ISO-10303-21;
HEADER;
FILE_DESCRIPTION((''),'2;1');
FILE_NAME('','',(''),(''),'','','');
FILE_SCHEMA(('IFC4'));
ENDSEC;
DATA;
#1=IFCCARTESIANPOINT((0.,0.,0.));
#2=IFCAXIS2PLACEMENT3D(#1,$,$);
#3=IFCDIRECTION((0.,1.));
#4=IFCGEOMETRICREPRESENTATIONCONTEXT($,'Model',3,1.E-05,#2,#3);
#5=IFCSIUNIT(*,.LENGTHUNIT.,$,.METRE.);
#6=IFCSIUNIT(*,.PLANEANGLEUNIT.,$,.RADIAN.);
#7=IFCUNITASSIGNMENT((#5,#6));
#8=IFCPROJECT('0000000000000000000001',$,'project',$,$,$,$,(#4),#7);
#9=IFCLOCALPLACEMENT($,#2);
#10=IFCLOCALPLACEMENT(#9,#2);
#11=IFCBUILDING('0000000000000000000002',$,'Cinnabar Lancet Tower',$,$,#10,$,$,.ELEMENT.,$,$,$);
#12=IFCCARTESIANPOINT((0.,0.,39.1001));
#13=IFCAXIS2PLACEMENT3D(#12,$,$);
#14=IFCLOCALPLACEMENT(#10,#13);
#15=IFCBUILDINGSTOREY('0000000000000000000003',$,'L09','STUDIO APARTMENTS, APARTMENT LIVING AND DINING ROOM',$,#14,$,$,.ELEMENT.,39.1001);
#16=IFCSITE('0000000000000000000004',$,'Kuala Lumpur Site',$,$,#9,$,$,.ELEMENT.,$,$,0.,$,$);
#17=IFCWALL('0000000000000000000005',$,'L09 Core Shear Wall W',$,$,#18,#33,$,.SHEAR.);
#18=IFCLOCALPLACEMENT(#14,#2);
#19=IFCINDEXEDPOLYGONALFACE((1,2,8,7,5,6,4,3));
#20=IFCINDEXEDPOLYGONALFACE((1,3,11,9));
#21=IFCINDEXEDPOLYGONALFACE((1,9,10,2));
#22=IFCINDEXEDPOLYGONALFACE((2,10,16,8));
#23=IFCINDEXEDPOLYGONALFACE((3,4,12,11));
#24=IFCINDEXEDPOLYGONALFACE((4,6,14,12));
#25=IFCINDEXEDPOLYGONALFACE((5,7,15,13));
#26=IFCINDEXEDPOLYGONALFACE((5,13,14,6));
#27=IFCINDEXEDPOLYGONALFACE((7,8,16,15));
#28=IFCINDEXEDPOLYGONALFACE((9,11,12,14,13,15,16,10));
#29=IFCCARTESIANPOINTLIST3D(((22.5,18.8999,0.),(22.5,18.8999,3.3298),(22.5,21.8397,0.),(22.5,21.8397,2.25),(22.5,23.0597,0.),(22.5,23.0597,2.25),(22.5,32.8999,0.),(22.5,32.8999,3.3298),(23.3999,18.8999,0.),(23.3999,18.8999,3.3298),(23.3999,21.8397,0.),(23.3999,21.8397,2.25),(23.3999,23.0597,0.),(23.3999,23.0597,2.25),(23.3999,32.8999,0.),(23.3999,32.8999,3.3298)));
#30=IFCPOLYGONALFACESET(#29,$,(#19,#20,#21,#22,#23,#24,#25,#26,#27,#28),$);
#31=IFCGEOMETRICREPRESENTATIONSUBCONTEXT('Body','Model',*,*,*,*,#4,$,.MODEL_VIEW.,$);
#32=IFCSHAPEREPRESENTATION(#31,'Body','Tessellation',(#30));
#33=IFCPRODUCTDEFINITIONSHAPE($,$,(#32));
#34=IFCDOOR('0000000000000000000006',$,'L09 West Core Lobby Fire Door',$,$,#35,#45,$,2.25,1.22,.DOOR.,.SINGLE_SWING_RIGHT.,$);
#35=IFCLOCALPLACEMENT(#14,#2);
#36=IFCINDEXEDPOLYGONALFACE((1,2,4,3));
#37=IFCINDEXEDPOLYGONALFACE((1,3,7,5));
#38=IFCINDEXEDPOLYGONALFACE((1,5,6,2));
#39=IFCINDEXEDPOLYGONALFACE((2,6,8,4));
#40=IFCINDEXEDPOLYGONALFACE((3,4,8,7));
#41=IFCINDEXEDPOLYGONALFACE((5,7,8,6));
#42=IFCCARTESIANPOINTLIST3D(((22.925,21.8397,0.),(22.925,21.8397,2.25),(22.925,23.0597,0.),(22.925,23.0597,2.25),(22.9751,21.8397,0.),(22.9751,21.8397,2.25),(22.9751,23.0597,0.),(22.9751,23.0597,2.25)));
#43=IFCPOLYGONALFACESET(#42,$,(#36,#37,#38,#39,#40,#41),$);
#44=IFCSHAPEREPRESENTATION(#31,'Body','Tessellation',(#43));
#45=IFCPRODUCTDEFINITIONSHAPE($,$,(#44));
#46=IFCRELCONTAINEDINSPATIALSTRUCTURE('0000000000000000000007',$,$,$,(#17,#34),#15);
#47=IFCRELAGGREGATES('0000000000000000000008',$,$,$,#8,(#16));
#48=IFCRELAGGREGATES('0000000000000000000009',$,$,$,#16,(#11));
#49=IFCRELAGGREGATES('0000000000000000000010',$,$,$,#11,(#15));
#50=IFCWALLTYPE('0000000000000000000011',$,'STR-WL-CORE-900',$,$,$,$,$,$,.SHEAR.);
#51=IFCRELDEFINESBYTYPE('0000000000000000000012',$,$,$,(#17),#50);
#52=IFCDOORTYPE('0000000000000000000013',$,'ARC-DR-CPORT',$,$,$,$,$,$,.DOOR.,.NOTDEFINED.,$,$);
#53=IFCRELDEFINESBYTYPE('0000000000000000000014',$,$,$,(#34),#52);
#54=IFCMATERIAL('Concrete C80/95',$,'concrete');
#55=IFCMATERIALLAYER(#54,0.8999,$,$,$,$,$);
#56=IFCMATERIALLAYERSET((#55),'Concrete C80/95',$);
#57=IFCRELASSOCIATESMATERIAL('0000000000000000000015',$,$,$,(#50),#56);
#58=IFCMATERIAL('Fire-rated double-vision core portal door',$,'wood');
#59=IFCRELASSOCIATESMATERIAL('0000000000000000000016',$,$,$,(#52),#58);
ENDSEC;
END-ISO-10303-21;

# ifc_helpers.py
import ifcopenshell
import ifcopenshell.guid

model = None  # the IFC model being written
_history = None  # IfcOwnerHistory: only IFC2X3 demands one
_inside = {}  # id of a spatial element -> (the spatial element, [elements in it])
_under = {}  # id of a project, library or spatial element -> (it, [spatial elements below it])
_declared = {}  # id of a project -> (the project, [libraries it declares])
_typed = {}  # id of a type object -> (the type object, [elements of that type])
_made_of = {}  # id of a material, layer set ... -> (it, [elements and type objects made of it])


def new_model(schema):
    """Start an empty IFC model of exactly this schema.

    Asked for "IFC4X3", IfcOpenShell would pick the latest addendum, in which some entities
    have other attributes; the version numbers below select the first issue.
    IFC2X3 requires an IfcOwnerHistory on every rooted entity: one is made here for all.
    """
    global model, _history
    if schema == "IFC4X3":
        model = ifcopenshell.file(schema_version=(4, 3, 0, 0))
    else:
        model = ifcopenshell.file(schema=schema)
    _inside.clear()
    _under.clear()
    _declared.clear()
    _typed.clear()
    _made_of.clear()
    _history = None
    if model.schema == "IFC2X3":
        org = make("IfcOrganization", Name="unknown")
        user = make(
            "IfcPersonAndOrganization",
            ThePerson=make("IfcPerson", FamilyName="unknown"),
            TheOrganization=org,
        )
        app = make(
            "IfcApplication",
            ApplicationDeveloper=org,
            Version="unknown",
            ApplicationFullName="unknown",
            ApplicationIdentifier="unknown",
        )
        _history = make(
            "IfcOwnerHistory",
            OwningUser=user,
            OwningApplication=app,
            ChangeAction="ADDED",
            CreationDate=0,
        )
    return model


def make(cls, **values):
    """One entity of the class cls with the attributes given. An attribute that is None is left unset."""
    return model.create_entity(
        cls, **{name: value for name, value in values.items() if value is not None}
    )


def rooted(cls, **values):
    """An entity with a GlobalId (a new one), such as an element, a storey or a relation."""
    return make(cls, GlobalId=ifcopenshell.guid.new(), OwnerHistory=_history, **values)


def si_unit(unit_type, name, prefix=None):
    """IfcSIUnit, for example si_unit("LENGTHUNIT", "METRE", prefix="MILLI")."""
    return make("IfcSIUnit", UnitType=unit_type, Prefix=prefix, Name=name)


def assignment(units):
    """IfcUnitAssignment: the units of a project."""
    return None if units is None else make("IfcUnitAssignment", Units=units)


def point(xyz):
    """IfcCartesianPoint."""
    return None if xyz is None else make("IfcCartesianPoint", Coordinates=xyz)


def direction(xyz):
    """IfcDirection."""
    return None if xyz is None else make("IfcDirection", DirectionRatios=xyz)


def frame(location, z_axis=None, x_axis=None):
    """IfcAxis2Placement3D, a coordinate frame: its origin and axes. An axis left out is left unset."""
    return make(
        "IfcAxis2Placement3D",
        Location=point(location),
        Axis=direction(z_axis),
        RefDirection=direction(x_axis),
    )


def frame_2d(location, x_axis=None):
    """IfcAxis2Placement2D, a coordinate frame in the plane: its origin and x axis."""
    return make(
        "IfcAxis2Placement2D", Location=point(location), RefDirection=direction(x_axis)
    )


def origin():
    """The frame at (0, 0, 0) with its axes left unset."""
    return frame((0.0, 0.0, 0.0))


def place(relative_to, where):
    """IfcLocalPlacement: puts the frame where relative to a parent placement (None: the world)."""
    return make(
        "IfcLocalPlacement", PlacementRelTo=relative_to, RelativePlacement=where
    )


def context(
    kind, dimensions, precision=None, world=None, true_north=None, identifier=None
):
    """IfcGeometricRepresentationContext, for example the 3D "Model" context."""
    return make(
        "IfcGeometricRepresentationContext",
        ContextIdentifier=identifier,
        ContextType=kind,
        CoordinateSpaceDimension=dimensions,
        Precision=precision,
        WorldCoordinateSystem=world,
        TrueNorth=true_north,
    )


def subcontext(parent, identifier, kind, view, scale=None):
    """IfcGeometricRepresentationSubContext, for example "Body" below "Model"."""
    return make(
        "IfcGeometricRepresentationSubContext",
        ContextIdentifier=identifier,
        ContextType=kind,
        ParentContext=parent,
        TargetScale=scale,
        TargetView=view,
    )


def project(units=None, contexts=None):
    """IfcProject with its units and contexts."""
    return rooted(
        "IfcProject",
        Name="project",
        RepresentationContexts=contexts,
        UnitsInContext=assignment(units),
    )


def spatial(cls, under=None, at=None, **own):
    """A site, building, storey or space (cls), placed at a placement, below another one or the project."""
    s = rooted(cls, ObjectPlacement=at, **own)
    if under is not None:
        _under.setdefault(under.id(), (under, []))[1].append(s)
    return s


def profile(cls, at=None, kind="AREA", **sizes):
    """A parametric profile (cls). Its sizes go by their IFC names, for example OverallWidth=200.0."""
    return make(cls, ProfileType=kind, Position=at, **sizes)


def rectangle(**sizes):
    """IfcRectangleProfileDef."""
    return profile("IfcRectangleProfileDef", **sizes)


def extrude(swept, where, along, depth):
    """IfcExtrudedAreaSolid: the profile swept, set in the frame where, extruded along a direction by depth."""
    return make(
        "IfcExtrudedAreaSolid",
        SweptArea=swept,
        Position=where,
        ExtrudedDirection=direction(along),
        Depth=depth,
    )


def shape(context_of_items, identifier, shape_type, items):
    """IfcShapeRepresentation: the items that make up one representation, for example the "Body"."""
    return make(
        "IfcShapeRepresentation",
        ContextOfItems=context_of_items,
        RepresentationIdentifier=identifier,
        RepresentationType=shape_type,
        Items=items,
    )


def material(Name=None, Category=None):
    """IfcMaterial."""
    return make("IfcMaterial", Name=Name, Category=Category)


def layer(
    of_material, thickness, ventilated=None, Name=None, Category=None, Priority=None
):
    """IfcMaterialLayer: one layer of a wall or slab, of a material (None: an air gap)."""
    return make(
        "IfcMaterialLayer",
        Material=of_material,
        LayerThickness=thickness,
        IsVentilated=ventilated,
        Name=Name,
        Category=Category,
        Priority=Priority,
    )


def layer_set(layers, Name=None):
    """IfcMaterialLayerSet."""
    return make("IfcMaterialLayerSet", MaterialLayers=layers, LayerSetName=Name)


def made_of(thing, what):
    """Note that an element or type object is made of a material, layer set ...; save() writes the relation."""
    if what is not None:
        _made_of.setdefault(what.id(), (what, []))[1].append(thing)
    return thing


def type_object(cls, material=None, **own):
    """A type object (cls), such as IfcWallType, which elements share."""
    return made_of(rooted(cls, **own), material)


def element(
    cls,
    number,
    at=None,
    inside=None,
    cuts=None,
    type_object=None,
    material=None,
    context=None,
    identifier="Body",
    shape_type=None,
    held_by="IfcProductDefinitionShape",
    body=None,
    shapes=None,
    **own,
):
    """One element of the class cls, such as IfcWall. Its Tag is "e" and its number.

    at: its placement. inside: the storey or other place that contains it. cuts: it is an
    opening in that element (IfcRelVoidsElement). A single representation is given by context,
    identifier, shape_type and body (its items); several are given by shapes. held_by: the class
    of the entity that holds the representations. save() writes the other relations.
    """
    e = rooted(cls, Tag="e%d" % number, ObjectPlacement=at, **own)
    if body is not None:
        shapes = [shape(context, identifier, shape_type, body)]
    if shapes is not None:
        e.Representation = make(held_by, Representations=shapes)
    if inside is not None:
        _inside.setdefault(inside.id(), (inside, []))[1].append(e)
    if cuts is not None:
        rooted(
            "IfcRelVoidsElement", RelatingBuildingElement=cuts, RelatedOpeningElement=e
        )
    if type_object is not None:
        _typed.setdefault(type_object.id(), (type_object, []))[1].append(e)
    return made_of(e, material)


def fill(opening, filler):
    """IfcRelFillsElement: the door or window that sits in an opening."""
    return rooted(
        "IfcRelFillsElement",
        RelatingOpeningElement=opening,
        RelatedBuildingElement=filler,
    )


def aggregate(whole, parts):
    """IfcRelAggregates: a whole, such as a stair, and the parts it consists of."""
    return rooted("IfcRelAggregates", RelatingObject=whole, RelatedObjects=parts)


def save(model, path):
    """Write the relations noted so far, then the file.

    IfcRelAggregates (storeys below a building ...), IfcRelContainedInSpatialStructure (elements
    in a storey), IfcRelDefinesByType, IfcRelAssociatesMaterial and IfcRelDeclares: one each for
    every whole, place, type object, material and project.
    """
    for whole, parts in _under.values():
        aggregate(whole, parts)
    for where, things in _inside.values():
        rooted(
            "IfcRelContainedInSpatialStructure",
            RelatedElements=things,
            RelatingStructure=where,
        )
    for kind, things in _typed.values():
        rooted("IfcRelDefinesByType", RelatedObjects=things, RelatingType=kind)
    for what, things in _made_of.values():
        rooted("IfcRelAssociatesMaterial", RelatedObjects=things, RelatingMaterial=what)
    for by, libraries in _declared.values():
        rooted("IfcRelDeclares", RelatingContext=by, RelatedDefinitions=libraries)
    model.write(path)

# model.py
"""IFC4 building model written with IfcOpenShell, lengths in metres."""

from ifc_helpers import new_model, si_unit, direction, frame, frame_2d, origin, place, context, subcontext, project, spatial, rectangle, extrude, material, layer, layer_set, type_object, element, fill, save


model = new_model("IFC4")

# Units and contexts
model_context = context("Model", 3, precision=1e-05, world=origin(), true_north=direction((0.0, 1.0)))
body_context = subcontext(model_context, "Body", "Model", "MODEL_VIEW")
ifc_project = project(units=[si_unit("LENGTHUNIT", "METRE"), si_unit("PLANEANGLEUNIT", "RADIAN")], contexts=[model_context])

# Site, building, storey
site_placement = place(None, origin())
site = spatial("IfcSite", under=ifc_project, at=site_placement, Name="Kuala Lumpur Site", CompositionType="ELEMENT", RefElevation=0.0)
building_placement = place(site_placement, origin())
building = spatial("IfcBuilding", under=site, at=building_placement, Name="Cinnabar Lancet Tower", CompositionType="ELEMENT")
storey_placement = place(building_placement, frame((0.0, 0.0, 39.1001)))
storey = spatial("IfcBuildingStorey", under=building, at=storey_placement, Name="L09", Description="STUDIO APARTMENTS, APARTMENT LIVING AND DINING ROOM", CompositionType="ELEMENT", Elevation=39.1001)

# Wall, opening, door
ifc_material_1 = material(Name="Concrete C80/95", Category="concrete")
ifc_layer_1 = layer(ifc_material_1, 0.8999)
ifc_layer_set_1 = layer_set([ifc_layer_1], Name="Concrete C80/95")
wall_type_1 = type_object("IfcWallType", Name="STR-WL-CORE-900", PredefinedType="SHEAR", material=ifc_layer_set_1)
wall_1_placement = place(storey_placement, frame((22.95, 18.8999, 0.0), z_axis=(0.0, 0.0, 1.0), x_axis=(0.0, 1.0, 0.0)))
wall_1 = element("IfcWall", 1, at=wall_1_placement, inside=storey, type_object=wall_type_1, Name="L09 Core Shear Wall W", PredefinedType="SHEAR", context=body_context, shape_type="SweptSolid", body=[
    extrude(rectangle(XDim=14.0, YDim=0.8999, at=frame_2d((7.0, 0.0))), origin(), (0.0, 0.0, 1.0), 3.3298),
])
opening_1_placement = place(wall_1_placement, frame((2.9399, 0.0, 0.0)))
opening_1 = element("IfcOpeningElement", 2, at=opening_1_placement, cuts=wall_1, PredefinedType="OPENING", context=body_context, shape_type="SweptSolid", body=[
    extrude(rectangle(XDim=1.22, YDim=2.25, at=frame_2d((0.6099, 1.125))), frame((0.0, 0.46, 0.0), z_axis=(0.0, -1.0, 0.0), x_axis=(1.0, 0.0, 0.0)), (0.0, 0.0, 1.0), 0.9199),
])
ifc_material_2 = material(Name="Fire-rated double-vision core portal door", Category="wood")
door_type_1 = type_object("IfcDoorType", Name="ARC-DR-CPORT", OperationType="NOTDEFINED", PredefinedType="DOOR", material=ifc_material_2)
door_1_placement = place(opening_1_placement, origin())
door_1 = element("IfcDoor", 3, at=door_1_placement, inside=storey, type_object=door_type_1, Name="L09 West Core Lobby Fire Door", OperationType="SINGLE_SWING_RIGHT", OverallHeight=2.25, OverallWidth=1.22, PredefinedType="DOOR", context=body_context, shape_type="SweptSolid", body=[
    extrude(rectangle(XDim=1.22, YDim=2.25, at=frame_2d((0.6099, 1.125))), frame((0.0, 0.0249, 0.0), z_axis=(0.0, -1.0, 0.0), x_axis=(1.0, 0.0, 0.0)), (0.0, 0.0, 1.0), 0.05),
])
fill(opening_1, door_1)

save(model, "model.ifc")
